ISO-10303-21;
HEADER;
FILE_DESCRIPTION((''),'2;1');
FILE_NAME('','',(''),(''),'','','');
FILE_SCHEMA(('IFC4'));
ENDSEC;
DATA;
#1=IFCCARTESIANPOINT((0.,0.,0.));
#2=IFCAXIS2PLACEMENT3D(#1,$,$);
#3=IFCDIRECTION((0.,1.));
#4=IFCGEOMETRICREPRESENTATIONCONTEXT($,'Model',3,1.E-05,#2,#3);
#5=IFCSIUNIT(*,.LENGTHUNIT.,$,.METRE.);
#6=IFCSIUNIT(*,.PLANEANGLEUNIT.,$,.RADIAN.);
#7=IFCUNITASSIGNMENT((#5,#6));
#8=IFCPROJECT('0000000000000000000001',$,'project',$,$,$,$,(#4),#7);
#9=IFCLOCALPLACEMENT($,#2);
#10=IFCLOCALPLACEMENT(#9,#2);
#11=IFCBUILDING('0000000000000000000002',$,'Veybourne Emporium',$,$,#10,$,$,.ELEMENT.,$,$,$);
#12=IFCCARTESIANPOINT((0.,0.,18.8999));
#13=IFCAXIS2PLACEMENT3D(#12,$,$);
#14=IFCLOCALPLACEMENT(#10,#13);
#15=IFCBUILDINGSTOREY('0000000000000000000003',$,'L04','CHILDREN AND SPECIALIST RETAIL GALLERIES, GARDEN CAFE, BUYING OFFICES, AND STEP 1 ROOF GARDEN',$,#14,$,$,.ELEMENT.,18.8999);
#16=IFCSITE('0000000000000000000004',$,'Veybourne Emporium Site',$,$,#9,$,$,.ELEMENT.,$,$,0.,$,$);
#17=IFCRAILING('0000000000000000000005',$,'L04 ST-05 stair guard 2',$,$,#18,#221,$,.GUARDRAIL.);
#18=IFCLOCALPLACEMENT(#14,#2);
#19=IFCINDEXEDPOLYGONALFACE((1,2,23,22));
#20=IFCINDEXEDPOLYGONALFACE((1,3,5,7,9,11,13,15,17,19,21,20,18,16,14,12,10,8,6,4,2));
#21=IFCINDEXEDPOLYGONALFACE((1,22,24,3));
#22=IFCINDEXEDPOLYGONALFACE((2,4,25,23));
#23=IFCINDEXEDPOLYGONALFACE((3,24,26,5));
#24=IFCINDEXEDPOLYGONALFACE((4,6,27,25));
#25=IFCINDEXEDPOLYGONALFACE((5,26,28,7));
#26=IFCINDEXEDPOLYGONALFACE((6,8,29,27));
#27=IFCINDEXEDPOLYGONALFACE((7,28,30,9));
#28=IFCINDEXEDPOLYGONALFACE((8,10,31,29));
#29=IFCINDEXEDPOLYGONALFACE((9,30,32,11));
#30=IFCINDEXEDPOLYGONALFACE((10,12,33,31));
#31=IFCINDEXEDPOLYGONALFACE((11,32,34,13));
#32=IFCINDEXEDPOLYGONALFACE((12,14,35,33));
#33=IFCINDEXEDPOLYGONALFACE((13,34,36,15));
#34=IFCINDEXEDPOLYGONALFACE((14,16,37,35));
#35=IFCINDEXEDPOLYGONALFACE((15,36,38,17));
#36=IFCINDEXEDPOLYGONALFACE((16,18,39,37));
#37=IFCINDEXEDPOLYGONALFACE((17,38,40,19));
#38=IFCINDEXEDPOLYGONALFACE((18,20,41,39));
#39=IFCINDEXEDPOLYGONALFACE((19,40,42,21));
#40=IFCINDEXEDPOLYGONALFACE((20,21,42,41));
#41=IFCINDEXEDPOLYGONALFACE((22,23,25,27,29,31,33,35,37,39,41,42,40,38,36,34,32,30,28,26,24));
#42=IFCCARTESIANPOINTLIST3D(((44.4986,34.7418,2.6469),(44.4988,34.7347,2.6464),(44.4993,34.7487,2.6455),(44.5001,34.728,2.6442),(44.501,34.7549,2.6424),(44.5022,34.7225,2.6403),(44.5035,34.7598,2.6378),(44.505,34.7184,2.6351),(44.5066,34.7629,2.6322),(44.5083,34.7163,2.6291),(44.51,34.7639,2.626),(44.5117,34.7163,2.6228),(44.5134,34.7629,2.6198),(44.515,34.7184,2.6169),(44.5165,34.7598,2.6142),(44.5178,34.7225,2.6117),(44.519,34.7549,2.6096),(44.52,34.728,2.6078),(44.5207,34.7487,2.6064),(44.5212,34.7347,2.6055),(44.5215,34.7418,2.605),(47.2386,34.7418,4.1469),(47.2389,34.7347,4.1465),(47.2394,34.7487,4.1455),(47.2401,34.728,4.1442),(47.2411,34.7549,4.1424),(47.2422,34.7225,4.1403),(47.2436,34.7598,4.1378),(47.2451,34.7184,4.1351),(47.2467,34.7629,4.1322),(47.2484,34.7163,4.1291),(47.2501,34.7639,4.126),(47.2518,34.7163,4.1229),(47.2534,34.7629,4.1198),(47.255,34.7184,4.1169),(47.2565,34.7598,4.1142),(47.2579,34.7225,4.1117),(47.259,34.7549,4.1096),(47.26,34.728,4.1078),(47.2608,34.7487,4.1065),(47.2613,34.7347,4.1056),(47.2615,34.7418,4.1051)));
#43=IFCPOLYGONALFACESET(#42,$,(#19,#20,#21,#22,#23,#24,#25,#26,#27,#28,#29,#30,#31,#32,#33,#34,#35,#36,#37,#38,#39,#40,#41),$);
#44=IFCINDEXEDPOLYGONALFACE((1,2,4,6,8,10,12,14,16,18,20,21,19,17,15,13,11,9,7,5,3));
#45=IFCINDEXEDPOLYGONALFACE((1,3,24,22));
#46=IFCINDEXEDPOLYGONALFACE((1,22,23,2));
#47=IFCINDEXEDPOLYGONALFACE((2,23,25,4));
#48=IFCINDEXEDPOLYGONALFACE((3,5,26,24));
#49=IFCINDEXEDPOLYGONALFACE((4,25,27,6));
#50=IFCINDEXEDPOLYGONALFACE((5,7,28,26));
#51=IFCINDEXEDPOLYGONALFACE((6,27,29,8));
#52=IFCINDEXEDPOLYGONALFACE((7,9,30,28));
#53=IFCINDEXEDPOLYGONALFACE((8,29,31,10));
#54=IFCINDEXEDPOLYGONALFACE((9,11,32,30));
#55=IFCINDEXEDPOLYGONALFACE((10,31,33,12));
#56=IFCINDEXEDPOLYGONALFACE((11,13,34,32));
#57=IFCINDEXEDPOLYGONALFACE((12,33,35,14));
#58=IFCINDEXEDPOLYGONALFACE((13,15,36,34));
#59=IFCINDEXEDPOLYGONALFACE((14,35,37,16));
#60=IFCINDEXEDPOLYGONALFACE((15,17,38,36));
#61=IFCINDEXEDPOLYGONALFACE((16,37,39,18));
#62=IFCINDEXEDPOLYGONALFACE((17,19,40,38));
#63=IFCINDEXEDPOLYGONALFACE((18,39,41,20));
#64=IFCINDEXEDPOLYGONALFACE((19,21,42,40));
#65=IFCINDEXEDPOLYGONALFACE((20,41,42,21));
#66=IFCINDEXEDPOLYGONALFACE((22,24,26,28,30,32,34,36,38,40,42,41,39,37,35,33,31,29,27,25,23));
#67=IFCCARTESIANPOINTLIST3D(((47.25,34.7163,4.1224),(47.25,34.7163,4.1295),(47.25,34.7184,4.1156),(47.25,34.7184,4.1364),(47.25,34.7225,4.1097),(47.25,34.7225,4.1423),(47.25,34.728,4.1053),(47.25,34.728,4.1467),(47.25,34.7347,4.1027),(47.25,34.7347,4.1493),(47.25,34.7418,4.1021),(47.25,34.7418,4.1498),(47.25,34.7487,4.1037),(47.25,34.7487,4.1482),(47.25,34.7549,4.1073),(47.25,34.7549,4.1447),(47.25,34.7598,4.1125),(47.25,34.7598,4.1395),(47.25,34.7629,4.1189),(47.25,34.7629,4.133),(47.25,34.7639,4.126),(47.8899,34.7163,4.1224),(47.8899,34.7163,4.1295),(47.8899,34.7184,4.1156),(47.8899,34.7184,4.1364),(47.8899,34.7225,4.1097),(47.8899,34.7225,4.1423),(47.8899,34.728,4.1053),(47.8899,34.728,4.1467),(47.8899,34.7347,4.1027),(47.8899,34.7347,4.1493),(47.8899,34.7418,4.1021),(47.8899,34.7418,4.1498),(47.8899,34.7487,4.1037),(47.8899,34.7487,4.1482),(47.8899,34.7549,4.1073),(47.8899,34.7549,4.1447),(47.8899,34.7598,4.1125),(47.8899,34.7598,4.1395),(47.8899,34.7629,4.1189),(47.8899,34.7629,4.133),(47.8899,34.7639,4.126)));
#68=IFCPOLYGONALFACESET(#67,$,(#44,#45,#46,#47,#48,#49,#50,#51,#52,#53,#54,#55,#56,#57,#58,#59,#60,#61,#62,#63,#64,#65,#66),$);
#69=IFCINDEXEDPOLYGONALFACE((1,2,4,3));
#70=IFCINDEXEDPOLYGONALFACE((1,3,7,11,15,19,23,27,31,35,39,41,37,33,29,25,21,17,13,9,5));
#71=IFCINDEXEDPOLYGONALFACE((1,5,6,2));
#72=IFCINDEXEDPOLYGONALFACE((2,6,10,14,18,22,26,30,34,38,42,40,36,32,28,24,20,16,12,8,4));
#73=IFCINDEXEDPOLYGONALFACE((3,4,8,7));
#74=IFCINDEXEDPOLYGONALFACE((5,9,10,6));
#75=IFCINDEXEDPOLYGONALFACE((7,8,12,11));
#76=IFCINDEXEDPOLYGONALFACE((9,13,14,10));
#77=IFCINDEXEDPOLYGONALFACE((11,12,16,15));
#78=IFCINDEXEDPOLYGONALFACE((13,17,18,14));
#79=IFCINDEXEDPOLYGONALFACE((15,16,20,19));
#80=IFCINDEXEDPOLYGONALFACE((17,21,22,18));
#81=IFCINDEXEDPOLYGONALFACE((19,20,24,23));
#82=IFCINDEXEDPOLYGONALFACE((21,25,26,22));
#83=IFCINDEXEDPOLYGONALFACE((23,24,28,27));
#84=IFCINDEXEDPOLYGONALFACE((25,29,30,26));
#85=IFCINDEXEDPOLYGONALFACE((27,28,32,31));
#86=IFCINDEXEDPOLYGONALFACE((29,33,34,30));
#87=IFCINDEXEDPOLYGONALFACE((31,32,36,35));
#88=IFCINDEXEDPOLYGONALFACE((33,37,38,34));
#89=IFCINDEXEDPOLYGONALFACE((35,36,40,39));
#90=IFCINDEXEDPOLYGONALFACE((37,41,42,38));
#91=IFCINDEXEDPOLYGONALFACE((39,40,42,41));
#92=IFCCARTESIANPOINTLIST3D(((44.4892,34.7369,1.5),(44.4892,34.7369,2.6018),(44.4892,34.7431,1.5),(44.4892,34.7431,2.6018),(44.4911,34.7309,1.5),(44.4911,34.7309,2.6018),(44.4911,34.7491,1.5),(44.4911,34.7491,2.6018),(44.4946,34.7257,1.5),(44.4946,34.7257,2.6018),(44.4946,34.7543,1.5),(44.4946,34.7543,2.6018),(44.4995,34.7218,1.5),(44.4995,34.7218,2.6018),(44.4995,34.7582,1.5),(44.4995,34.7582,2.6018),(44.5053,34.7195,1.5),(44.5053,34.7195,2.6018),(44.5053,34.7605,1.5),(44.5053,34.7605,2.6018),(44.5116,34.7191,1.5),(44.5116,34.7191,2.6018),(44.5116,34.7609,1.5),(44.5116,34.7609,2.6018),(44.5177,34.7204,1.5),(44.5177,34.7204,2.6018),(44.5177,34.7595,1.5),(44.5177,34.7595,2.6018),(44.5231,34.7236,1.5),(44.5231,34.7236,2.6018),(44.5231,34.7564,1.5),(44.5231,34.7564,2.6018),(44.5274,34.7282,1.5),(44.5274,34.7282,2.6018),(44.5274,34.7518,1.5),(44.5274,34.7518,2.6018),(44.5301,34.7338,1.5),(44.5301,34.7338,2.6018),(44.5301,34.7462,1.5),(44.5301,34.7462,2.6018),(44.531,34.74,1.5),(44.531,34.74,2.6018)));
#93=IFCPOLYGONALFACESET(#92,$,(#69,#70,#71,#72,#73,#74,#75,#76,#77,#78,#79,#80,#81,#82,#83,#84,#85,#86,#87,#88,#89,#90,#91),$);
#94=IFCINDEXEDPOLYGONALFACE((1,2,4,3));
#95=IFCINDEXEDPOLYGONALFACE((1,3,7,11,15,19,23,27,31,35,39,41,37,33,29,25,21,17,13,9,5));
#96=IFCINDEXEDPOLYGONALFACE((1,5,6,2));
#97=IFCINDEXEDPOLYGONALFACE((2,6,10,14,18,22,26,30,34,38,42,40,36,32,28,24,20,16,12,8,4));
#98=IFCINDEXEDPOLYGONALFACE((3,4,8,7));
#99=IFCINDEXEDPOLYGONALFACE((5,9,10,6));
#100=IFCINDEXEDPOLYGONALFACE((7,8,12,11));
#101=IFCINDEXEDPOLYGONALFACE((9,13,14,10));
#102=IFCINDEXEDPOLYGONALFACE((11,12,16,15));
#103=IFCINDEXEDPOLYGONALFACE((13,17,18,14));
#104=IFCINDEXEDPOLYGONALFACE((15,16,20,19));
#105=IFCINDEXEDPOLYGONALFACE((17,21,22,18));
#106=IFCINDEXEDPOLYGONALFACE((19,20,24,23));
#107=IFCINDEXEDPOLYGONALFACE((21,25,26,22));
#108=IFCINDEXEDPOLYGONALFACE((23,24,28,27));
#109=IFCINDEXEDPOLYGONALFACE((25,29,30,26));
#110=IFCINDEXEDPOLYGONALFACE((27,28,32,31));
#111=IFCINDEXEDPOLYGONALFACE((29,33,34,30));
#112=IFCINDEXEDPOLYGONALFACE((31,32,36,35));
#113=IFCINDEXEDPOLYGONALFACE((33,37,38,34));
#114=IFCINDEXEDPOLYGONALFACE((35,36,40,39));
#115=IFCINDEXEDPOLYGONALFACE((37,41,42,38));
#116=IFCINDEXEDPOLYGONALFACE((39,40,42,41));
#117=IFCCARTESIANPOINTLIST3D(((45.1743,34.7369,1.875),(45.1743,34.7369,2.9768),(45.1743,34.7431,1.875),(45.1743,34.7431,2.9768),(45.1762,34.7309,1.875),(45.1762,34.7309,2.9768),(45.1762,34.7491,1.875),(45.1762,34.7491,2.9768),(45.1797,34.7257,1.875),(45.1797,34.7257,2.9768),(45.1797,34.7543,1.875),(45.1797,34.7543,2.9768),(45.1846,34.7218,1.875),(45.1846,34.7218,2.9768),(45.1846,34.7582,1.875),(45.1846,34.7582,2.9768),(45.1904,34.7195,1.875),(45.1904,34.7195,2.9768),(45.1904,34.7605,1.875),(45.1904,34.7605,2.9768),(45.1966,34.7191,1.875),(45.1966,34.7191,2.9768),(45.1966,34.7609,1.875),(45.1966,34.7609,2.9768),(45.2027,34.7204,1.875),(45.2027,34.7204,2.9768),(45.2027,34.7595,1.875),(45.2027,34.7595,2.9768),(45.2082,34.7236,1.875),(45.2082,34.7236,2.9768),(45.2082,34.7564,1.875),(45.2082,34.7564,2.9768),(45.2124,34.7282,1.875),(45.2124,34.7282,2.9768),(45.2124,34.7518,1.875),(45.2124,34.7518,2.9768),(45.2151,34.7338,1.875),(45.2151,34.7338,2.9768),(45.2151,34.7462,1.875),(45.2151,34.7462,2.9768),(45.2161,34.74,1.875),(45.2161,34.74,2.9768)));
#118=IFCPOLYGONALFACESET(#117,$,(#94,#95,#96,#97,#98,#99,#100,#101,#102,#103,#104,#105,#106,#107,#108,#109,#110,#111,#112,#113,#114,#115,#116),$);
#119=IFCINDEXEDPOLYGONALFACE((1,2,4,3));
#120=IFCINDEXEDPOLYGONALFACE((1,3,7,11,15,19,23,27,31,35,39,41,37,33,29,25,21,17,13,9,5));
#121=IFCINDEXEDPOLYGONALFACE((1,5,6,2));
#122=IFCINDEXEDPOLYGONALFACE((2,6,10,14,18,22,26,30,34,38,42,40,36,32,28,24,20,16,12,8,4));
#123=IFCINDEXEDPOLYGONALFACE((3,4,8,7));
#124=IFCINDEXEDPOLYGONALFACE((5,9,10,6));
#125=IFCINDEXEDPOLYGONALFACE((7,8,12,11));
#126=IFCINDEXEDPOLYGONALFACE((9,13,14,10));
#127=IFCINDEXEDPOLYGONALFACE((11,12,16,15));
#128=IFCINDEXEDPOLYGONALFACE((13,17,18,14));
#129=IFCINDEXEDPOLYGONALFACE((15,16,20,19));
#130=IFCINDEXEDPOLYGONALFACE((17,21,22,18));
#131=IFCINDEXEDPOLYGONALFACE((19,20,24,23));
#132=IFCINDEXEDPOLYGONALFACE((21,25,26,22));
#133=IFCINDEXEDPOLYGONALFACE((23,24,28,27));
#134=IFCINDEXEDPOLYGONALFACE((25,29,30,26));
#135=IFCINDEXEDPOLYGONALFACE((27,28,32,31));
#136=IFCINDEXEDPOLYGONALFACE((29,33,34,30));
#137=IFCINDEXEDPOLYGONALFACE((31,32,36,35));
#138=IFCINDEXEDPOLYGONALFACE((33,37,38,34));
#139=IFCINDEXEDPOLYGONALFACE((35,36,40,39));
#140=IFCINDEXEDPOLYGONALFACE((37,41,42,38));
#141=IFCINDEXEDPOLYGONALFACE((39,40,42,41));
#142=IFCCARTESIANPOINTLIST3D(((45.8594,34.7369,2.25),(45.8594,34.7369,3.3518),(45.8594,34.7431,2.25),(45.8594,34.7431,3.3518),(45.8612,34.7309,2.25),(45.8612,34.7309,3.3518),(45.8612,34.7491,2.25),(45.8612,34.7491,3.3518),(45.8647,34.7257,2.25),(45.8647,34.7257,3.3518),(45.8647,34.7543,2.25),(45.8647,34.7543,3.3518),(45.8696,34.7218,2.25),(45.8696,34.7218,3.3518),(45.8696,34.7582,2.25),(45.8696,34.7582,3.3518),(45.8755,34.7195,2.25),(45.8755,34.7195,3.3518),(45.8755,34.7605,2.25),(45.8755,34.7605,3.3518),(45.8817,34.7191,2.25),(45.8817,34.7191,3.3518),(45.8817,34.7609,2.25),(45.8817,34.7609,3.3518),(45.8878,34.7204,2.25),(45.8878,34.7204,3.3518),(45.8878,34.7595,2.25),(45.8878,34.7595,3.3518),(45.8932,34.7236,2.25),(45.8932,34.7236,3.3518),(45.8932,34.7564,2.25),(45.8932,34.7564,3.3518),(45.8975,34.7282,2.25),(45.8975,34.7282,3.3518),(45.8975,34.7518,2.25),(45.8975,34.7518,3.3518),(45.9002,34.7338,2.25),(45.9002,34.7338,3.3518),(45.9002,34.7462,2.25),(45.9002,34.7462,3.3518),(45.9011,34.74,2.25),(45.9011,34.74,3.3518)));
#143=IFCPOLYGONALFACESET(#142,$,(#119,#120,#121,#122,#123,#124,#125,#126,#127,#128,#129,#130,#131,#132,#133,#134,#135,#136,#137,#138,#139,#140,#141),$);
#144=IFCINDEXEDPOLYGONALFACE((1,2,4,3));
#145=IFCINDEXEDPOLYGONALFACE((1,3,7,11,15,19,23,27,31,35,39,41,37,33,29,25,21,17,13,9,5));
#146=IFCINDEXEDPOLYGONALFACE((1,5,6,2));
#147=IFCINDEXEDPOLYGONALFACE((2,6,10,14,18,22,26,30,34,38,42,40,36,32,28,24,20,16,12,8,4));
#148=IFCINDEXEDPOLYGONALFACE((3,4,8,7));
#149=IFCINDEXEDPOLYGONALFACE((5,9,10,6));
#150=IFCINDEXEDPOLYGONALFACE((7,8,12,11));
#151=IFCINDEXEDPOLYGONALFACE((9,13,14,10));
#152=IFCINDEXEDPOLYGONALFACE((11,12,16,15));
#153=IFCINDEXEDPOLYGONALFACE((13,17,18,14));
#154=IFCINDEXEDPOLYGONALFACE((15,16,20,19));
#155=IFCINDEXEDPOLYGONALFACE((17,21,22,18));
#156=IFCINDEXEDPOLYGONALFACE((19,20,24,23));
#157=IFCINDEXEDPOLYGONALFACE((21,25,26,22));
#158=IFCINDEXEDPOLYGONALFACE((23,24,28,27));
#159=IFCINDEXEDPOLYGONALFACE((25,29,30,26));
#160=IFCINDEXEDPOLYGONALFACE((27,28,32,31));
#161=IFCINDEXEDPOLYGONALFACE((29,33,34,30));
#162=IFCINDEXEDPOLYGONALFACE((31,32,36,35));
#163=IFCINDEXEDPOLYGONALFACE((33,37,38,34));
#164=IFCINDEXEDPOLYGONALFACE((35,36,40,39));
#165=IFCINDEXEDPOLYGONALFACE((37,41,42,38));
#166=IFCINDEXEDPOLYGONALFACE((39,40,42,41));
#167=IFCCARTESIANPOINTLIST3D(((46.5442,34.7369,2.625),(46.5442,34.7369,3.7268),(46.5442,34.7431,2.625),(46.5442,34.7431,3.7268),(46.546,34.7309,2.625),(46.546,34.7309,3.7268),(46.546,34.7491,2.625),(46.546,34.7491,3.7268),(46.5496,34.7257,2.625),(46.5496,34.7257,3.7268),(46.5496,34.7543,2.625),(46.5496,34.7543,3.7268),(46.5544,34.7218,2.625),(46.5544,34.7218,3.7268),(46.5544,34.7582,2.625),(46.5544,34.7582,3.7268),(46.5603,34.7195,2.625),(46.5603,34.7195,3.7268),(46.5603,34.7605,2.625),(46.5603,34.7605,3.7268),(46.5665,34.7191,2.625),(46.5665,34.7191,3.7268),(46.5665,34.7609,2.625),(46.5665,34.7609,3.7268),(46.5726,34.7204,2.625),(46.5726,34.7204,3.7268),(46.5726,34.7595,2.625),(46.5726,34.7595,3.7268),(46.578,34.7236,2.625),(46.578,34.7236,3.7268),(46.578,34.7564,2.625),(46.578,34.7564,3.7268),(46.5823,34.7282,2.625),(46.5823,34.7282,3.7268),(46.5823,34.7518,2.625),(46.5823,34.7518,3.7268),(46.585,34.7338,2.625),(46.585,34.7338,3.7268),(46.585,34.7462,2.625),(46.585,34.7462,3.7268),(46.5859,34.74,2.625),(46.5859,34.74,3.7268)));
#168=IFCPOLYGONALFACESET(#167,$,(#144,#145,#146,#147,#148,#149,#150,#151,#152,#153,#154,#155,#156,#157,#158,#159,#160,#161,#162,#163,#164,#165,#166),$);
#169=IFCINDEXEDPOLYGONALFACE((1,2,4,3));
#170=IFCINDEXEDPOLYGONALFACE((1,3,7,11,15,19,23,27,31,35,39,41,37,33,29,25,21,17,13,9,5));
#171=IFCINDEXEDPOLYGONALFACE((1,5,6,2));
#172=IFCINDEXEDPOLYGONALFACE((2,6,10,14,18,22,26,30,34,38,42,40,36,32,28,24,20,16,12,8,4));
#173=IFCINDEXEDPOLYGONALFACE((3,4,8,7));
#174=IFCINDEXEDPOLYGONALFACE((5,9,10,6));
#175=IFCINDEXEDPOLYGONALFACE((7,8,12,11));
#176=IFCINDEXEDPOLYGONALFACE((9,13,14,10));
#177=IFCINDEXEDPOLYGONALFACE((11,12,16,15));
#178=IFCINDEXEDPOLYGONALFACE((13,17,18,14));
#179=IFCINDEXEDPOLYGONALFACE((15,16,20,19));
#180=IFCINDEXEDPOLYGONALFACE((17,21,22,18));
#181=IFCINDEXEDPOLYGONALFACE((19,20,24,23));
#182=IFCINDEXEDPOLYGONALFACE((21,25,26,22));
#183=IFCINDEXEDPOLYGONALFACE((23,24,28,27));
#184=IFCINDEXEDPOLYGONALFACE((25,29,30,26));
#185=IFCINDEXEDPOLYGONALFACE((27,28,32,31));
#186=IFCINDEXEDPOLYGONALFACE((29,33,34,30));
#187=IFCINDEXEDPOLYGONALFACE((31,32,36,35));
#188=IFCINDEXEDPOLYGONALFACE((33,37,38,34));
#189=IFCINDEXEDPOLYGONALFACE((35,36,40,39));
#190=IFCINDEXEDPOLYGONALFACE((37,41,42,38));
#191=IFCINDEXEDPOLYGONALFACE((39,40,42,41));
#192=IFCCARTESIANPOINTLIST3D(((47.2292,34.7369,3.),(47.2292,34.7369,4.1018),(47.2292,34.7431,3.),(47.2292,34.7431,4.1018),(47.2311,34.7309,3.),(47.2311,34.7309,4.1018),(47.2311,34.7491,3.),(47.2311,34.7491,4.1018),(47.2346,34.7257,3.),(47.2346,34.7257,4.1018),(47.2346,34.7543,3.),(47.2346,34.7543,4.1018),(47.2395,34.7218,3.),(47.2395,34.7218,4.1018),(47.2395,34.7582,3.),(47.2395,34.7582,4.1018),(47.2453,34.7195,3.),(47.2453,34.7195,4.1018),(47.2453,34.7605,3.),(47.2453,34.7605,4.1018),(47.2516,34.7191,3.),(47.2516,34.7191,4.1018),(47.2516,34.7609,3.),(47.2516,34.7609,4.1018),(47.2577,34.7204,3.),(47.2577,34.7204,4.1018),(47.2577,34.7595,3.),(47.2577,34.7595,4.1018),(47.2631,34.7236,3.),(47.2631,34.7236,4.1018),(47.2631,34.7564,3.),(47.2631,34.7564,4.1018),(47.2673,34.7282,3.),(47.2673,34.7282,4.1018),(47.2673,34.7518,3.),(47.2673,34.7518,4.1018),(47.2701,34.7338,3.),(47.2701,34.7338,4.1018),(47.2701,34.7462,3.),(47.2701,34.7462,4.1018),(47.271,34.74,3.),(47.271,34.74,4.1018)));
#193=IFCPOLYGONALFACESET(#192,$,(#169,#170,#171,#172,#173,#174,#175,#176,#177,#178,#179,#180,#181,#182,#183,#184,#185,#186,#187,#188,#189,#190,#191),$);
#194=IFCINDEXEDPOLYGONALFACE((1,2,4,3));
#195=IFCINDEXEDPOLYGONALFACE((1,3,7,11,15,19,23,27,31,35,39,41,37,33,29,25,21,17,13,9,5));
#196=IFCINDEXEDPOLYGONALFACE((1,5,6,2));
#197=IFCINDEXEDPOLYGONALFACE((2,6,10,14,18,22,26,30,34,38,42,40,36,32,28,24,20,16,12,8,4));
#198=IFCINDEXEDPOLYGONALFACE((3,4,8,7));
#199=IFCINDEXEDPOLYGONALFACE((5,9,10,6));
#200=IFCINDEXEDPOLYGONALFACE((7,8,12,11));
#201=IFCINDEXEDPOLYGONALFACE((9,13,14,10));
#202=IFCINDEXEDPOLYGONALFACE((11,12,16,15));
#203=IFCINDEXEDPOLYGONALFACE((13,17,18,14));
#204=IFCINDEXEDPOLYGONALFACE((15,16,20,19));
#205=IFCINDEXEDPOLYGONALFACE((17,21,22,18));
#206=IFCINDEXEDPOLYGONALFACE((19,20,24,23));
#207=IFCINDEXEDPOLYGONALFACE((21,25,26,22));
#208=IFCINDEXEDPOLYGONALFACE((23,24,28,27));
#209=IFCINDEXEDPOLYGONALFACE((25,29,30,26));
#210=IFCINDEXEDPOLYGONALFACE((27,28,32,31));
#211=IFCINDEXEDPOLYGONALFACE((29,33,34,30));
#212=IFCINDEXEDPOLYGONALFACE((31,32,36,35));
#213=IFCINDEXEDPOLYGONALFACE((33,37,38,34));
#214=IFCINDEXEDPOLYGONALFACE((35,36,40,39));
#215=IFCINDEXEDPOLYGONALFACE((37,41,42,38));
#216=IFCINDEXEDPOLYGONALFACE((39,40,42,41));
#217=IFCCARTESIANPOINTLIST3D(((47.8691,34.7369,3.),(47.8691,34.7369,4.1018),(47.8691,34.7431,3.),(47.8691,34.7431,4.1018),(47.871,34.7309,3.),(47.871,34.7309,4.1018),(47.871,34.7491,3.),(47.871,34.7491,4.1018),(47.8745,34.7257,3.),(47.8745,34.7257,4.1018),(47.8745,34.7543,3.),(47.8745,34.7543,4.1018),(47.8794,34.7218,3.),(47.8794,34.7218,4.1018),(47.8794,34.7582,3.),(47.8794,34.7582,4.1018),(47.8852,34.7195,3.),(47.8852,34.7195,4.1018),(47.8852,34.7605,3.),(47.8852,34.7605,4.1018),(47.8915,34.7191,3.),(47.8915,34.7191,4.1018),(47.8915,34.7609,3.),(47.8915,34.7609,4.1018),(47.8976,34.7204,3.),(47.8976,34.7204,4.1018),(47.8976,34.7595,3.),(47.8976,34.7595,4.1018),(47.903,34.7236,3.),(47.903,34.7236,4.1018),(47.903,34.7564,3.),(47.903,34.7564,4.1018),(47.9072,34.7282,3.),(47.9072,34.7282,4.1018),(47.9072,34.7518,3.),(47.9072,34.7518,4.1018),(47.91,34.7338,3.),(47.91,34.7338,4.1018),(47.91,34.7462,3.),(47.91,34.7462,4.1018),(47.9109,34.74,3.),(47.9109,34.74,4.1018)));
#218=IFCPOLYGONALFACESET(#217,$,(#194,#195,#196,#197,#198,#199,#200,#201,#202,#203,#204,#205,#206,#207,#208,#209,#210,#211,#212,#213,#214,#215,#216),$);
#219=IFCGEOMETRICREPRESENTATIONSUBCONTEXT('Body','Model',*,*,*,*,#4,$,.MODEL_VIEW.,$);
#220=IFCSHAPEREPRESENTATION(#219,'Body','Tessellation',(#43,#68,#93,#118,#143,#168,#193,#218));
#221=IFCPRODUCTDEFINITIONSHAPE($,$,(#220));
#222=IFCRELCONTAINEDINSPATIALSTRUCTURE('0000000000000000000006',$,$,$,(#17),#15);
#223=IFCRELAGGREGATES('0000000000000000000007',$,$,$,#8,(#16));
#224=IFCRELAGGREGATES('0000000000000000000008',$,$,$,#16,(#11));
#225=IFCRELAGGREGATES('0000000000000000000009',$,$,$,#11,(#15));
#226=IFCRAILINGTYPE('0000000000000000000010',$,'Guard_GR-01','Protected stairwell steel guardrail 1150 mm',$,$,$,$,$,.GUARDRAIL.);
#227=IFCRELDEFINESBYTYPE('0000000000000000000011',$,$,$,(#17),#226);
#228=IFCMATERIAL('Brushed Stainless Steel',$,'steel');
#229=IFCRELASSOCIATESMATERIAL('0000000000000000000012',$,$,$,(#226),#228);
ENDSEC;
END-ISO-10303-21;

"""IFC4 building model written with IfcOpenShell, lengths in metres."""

from ifc_helpers import new_model, si_unit, direction, frame, origin, origin_2d, place, context, subcontext, project, spatial, circle, extrude, material, type_object, element, save


model = new_model("IFC4")

# Units and contexts
model_context = context("Model", 3, precision=1e-05, world=origin(), true_north=direction((0.0, 1.0)))
body_context = subcontext(model_context, "Body", "Model", "MODEL_VIEW")
ifc_project = project(units=[si_unit("LENGTHUNIT", "METRE"), si_unit("PLANEANGLEUNIT", "RADIAN")], contexts=[model_context])

# Site, building, storey
site_placement = place(None, origin())
site = spatial("IfcSite", under=ifc_project, at=site_placement, Name="Veybourne Emporium Site", CompositionType="ELEMENT", RefElevation=0.0)
building_placement = place(site_placement, origin())
building = spatial("IfcBuilding", under=site, at=building_placement, Name="Veybourne Emporium", CompositionType="ELEMENT")
storey_placement = place(building_placement, frame((0.0, 0.0, 18.8999)))
storey = spatial("IfcBuildingStorey", under=building, at=storey_placement, Name="L04", Description="CHILDREN AND SPECIALIST RETAIL GALLERIES, GARDEN CAFE, BUYING OFFICES, AND STEP 1 ROOF GARDEN", CompositionType="ELEMENT", Elevation=18.8999)

# Railing
ifc_material_1 = material(Name="Brushed Stainless Steel", Category="steel")
railing_type_1 = type_object("IfcRailingType", Name="Guard_GR-01", Description="Protected stairwell steel guardrail 1150 mm", PredefinedType="GUARDRAIL", material=ifc_material_1)
railing_1_placement = place(storey_placement, frame((44.51, 34.74, 1.5)))
element("IfcRailing", 1, at=railing_1_placement, inside=storey, type_object=railing_type_1, Name="L04 ST-05 stair guard 2", PredefinedType="GUARDRAIL", context=body_context, shape_type="SweptSolid", body=[
    extrude(circle(Radius=0.0239, at=origin_2d()), frame((0.0, 0.0, 1.126), z_axis=(0.87716, 0.0, 0.480199), x_axis=(0.0, 1.0, 0.0)), (0.0, 0.0, 1.0), 3.1238),
    extrude(circle(Radius=0.0239, at=origin_2d()), frame((2.74, 0.0, 2.626), z_axis=(1.0, 0.0, 0.0), x_axis=(0.0, 1.0, 0.0)), (0.0, 0.0, 1.0), 0.6399),
    extrude(circle(Radius=0.021, at=origin_2d()), origin(), (0.0, 0.0, 1.0), 1.1018),
    extrude(circle(Radius=0.021, at=origin_2d()), frame((0.6851, 0.0, 0.375)), (0.0, 0.0, 1.0), 1.1018),
    extrude(circle(Radius=0.021, at=origin_2d()), frame((1.3701, 0.0, 0.75)), (0.0, 0.0, 1.0), 1.1018),
    extrude(circle(Radius=0.021, at=origin_2d()), frame((2.0549, 0.0, 1.125)), (0.0, 0.0, 1.0), 1.1018),
    extrude(circle(Radius=0.021, at=origin_2d()), frame((2.74, 0.0, 1.5)), (0.0, 0.0, 1.0), 1.1018),
    extrude(circle(Radius=0.021, at=origin_2d()), frame((3.3799, 0.0, 1.5)), (0.0, 0.0, 1.0), 1.1018),
])

save(model, "model.ifc")
